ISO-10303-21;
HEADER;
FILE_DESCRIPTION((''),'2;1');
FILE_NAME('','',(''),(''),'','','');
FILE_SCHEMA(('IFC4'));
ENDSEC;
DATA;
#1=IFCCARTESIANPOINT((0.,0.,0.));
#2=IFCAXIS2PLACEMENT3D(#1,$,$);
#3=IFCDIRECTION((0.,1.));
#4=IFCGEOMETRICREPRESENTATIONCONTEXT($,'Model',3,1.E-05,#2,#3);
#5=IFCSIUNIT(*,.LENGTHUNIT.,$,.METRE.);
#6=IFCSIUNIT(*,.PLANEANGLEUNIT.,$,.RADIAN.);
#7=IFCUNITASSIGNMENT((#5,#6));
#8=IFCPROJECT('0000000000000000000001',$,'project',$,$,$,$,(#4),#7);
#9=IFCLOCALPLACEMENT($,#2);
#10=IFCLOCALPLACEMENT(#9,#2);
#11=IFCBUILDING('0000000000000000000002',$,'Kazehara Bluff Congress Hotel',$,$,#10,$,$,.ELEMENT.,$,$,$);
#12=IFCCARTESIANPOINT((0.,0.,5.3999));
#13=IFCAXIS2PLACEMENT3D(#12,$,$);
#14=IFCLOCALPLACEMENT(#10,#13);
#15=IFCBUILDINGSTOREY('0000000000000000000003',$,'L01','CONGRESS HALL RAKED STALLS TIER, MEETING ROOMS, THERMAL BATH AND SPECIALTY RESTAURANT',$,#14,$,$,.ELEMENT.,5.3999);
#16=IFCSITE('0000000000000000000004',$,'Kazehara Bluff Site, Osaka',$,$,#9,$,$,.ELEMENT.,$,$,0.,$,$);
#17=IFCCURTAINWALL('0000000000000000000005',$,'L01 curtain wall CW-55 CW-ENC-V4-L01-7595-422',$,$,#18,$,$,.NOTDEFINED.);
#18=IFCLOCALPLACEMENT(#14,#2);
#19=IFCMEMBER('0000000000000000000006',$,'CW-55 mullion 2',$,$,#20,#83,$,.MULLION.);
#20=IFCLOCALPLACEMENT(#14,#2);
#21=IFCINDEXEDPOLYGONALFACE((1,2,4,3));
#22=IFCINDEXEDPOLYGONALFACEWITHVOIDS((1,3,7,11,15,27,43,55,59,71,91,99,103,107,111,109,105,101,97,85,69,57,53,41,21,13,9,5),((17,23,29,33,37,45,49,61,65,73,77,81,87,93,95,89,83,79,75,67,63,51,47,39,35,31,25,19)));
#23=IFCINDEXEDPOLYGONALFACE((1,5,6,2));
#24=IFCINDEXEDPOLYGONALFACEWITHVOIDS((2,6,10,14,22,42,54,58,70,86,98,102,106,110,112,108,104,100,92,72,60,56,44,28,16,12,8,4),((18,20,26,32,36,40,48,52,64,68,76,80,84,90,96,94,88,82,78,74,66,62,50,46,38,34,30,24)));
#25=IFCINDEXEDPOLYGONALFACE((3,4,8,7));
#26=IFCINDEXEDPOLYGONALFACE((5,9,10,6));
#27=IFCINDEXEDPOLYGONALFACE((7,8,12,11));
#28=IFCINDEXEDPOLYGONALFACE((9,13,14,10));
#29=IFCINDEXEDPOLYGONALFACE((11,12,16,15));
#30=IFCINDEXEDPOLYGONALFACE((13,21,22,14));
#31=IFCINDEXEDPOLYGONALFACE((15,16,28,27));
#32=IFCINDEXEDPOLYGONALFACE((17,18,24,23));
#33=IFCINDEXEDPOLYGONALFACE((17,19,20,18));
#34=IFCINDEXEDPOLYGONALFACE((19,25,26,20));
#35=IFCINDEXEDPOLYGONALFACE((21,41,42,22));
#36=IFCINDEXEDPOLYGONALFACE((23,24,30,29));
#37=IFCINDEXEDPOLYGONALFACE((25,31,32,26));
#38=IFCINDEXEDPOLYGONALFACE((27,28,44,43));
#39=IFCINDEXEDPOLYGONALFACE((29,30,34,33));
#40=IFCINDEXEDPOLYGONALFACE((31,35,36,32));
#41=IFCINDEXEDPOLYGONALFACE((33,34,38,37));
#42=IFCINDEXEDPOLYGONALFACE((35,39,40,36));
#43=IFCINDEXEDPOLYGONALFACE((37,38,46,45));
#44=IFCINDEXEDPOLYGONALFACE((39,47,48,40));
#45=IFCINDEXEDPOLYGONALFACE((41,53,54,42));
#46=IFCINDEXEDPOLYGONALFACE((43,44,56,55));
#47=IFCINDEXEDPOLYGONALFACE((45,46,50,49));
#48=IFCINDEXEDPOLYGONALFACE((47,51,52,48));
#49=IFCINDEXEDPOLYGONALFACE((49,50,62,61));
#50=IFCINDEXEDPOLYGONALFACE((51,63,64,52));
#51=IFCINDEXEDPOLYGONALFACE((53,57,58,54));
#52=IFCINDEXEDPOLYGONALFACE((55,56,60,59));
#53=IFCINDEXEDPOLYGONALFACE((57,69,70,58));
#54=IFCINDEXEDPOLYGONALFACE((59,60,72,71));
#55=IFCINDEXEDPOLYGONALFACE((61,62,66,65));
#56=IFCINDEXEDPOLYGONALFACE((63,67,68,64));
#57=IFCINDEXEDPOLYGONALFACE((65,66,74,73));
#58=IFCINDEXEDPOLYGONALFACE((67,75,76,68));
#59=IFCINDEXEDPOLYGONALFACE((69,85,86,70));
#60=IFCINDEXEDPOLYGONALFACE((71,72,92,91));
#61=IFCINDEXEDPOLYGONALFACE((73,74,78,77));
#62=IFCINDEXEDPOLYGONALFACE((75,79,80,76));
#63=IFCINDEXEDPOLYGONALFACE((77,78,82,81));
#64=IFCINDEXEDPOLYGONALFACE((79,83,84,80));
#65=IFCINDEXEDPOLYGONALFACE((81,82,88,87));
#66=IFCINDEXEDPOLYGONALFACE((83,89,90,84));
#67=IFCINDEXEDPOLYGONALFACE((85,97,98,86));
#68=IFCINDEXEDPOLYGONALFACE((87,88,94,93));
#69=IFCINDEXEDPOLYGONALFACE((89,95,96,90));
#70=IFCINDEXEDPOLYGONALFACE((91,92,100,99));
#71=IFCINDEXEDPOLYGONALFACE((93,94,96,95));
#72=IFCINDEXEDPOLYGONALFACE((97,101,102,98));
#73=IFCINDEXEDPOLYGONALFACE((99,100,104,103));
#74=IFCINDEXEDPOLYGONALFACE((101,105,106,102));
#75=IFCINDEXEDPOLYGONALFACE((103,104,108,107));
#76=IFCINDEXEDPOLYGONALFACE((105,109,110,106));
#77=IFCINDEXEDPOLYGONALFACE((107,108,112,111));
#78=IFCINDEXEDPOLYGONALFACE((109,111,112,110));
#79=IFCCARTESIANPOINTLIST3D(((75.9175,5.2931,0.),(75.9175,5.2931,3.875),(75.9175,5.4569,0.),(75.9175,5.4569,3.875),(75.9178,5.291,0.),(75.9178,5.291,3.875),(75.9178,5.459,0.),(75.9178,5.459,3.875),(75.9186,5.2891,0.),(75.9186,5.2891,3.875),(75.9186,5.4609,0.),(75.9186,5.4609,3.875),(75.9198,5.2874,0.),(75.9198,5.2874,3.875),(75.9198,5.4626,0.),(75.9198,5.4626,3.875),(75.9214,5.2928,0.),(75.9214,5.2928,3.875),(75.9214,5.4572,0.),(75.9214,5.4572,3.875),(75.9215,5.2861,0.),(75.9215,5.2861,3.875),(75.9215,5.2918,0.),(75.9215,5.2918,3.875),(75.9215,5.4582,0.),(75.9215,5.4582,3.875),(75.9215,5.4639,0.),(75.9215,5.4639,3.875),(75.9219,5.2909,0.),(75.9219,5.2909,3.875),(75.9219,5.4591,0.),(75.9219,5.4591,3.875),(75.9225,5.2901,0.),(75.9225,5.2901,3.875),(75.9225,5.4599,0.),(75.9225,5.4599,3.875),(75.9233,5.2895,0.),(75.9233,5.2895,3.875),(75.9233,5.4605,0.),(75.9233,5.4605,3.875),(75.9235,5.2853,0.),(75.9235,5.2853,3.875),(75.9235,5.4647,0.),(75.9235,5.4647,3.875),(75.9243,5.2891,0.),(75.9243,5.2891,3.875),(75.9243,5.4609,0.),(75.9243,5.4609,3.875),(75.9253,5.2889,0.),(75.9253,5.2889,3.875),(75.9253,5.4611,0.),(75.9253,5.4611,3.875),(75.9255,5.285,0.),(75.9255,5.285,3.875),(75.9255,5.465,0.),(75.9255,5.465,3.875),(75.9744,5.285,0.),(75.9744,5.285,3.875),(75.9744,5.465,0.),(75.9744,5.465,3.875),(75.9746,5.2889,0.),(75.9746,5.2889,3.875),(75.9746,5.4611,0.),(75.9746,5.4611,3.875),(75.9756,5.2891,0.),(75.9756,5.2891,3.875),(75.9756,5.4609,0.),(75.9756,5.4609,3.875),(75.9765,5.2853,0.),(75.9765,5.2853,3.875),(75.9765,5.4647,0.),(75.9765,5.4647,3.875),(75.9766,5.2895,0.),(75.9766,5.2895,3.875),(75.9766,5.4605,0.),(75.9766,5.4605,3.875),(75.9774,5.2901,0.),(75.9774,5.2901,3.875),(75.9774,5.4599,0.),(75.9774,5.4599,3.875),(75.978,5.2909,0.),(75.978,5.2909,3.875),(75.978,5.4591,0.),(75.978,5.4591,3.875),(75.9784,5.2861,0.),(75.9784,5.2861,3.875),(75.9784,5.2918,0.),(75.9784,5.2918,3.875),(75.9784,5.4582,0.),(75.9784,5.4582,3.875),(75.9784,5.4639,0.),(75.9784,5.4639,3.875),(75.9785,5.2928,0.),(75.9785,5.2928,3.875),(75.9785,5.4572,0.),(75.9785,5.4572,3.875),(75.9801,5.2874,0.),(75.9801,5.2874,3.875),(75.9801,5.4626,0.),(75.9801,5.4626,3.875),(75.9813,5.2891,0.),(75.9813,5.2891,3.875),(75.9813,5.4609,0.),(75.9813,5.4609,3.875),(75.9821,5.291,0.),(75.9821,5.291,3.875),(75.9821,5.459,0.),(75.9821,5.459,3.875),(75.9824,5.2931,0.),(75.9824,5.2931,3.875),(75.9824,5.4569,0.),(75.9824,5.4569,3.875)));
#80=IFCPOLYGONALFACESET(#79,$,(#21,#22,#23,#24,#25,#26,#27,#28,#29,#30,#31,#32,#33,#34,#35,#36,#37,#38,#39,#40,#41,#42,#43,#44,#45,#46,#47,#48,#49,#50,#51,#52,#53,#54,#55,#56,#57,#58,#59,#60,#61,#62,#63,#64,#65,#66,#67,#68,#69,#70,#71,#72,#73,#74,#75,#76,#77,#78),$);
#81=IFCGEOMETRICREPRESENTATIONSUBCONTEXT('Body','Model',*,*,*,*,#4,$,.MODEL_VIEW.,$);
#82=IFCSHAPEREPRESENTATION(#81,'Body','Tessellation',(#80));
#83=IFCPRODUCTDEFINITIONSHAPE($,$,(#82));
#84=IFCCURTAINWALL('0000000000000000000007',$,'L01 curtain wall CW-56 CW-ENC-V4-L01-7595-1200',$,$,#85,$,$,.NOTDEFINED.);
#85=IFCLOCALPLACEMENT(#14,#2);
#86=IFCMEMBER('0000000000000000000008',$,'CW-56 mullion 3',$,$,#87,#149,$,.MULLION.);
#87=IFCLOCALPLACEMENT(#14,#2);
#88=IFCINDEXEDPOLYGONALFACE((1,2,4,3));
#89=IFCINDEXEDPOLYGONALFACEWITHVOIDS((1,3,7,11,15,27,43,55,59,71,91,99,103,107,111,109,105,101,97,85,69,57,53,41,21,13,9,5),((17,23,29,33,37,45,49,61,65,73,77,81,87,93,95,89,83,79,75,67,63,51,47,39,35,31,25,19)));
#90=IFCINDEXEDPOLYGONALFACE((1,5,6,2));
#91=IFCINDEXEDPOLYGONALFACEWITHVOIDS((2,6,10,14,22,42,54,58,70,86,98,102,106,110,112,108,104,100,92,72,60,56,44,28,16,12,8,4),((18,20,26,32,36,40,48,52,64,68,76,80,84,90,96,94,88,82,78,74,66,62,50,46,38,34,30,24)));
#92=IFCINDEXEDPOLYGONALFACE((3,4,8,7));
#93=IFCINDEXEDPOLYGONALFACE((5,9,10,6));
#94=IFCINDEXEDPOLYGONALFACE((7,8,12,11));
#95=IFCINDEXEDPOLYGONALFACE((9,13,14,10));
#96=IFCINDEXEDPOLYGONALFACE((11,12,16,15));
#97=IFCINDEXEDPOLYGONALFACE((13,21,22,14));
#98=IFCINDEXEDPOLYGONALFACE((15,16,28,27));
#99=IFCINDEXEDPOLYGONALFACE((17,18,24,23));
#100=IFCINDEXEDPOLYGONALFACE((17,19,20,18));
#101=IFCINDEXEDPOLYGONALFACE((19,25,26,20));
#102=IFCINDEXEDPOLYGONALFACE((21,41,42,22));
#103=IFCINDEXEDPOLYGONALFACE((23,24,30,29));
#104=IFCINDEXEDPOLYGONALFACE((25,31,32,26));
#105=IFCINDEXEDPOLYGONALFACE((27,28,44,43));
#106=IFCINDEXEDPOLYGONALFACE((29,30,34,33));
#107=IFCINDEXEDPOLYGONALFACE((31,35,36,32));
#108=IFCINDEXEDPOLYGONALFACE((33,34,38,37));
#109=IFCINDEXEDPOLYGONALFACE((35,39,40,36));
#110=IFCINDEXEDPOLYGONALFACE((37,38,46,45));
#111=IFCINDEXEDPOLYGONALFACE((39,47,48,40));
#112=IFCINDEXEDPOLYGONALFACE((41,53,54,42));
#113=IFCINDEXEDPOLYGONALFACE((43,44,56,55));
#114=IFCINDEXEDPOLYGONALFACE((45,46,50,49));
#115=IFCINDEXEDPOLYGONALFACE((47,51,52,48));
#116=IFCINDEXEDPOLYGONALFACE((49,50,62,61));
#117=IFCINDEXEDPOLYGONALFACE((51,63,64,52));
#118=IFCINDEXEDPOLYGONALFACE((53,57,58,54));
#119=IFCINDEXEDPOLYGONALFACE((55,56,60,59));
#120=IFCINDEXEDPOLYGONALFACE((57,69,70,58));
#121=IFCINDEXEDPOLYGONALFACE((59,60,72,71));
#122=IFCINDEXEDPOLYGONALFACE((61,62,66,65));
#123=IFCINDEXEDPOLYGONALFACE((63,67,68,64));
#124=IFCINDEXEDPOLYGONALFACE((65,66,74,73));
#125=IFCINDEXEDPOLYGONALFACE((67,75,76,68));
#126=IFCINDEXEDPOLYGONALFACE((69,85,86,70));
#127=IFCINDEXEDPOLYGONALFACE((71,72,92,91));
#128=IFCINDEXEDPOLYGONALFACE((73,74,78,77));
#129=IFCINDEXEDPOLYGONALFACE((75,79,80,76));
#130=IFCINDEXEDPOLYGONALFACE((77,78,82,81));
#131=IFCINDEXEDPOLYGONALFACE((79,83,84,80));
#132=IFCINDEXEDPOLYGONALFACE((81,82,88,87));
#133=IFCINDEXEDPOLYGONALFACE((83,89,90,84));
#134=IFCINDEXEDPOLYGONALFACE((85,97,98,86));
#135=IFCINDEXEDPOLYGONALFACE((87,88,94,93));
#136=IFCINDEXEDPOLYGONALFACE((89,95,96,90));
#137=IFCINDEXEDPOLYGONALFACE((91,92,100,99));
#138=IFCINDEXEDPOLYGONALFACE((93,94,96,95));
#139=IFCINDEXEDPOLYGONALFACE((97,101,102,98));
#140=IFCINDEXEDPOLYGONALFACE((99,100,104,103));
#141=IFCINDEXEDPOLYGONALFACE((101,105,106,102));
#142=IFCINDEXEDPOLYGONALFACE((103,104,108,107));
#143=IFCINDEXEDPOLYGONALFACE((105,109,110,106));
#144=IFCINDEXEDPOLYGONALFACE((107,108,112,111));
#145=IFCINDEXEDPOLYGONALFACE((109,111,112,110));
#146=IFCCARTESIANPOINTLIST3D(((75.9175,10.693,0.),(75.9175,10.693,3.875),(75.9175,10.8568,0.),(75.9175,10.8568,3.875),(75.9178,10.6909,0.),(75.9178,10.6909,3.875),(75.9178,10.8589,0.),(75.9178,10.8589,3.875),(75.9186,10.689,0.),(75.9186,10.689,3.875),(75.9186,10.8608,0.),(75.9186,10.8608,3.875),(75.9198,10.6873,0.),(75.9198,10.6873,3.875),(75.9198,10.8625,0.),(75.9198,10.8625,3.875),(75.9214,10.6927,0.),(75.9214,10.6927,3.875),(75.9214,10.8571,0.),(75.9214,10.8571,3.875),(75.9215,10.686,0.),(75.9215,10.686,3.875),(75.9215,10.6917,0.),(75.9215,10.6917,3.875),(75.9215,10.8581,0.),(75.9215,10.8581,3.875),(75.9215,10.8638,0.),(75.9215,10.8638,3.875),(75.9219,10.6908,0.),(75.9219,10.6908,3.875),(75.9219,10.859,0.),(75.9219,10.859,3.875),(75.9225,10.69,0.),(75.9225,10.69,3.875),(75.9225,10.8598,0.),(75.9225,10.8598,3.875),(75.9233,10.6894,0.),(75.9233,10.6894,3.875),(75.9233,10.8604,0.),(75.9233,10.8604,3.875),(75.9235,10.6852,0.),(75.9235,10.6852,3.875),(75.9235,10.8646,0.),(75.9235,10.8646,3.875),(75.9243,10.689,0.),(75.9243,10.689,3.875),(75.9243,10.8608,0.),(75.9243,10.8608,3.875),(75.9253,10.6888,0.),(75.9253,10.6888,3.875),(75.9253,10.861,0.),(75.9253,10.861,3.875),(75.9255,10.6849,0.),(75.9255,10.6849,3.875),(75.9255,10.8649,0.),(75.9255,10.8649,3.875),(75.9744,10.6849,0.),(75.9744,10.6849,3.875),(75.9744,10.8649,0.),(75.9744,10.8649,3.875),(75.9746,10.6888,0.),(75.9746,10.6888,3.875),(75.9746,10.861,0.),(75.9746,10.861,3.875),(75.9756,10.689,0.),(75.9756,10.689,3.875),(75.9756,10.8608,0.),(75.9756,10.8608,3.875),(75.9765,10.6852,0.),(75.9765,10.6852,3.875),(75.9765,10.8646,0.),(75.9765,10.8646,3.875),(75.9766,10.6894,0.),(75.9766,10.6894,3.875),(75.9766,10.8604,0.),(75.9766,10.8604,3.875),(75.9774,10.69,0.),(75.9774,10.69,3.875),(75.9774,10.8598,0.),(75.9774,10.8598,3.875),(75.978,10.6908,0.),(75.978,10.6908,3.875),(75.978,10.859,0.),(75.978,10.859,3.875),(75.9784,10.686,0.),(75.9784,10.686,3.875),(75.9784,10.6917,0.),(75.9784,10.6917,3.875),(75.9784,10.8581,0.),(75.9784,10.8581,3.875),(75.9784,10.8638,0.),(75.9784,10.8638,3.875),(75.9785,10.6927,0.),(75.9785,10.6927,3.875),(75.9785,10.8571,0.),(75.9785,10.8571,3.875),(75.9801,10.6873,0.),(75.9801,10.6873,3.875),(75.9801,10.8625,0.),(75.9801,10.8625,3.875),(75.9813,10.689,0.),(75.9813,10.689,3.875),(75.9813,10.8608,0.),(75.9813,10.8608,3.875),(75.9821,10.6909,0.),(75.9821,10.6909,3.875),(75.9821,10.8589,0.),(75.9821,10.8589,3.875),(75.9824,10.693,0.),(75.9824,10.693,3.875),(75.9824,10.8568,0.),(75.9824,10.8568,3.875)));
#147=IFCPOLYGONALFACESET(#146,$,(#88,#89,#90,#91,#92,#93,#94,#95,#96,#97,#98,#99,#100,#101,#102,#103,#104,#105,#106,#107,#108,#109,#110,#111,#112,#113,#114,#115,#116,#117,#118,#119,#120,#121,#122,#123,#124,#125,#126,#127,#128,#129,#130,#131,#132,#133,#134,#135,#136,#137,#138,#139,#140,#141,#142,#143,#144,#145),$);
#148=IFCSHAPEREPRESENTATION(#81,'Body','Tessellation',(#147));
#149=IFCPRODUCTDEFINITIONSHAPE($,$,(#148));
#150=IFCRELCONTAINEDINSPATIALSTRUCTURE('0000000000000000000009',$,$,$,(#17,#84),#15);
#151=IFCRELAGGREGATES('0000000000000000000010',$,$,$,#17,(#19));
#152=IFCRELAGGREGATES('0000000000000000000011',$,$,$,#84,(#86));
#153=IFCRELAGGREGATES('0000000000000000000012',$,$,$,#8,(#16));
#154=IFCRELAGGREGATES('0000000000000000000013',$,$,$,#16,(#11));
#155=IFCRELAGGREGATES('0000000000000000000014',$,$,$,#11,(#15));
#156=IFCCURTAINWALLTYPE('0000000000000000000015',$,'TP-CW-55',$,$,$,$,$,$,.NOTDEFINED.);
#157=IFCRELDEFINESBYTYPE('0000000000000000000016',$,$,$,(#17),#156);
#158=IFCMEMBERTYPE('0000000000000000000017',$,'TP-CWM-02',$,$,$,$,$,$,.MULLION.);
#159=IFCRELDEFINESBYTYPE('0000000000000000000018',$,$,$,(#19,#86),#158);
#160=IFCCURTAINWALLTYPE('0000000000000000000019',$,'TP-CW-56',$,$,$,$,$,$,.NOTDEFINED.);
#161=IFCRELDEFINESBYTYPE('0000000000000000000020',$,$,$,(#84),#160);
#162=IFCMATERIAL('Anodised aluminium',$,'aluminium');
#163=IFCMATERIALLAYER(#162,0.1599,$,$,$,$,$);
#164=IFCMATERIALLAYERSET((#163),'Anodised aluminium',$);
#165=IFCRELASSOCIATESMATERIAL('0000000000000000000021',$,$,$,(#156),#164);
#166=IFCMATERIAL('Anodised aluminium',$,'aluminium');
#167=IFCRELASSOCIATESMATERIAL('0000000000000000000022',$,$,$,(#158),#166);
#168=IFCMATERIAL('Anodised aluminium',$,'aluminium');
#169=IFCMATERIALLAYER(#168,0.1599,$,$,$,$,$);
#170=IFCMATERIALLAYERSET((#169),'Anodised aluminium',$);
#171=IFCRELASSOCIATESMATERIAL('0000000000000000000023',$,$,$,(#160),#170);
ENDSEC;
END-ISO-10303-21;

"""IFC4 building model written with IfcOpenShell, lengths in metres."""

from ifc_helpers import new_model, si_unit, direction, frame, origin, origin_2d, place, context, subcontext, project, spatial, hollow_rectangle, extrude, material, layer, layer_set, material_profile, profile_set, type_object, element, aggregate, save


model = new_model("IFC4")

# Units and contexts
model_context = context("Model", 3, precision=1e-05, world=origin(), true_north=direction((0.0, 1.0)))
body_context = subcontext(model_context, "Body", "Model", "MODEL_VIEW")
ifc_project = project(units=[si_unit("LENGTHUNIT", "METRE"), si_unit("PLANEANGLEUNIT", "RADIAN")], contexts=[model_context])

# Site, building, storey
site_placement = place(None, origin())
site = spatial("IfcSite", under=ifc_project, at=site_placement, Name="Kazehara Bluff Site, Osaka", CompositionType="ELEMENT", RefElevation=0.0)
building_placement = place(site_placement, origin())
building = spatial("IfcBuilding", under=site, at=building_placement, Name="Kazehara Bluff Congress Hotel", CompositionType="ELEMENT")
storey_placement = place(building_placement, frame((0.0, 0.0, 5.3999)))
storey = spatial("IfcBuildingStorey", under=building, at=storey_placement, Name="L01", Description="CONGRESS HALL RAKED STALLS TIER, MEETING ROOMS, THERMAL BATH AND SPECIALTY RESTAURANT", CompositionType="ELEMENT", Elevation=5.3999)

# Curtain walls, members
ifc_material_1 = material(Name="Anodised aluminium", Category="aluminium")
ifc_layer_1 = layer(ifc_material_1, 0.1599)
ifc_layer_set_1 = layer_set([ifc_layer_1], Name="Anodised aluminium")
curtain_wall_type_1 = type_object("IfcCurtainWallType", Name="TP-CW-55", PredefinedType="NOTDEFINED", material=ifc_layer_set_1)
curtain_wall_1_placement = place(storey_placement, origin())
curtain_wall_1 = element("IfcCurtainWall", 1, at=curtain_wall_1_placement, inside=storey, type_object=curtain_wall_type_1, Name="L01 curtain wall CW-55 CW-ENC-V4-L01-7595-422", PredefinedType="NOTDEFINED")
ifc_material_2 = material(Name="Anodised aluminium", Category="aluminium")
ifc_material_profile_1 = material_profile(ifc_material_2, hollow_rectangle(XDim=0.0649, YDim=0.1799, WallThickness=0.0039, InnerFilletRadius=0.0039, OuterFilletRadius=0.0081, at=origin_2d()))
ifc_profile_set_1 = profile_set([ifc_material_profile_1], Name="Anodised aluminium")
member_type_1 = type_object("IfcMemberType", Name="TP-CWM-02", PredefinedType="MULLION", material=ifc_profile_set_1)
member_1_placement = place(storey_placement, frame((75.95, 5.375, 0.0), z_axis=(0.0, 0.0, 1.0), x_axis=(1.0, 0.0, 0.0)))
member_1 = element("IfcMember", 2, at=member_1_placement, type_object=member_type_1, Name="CW-55 mullion 2", PredefinedType="MULLION", context=body_context, shape_type="SweptSolid", body=[
    extrude(hollow_rectangle(XDim=0.0649, YDim=0.1799, WallThickness=0.0039, InnerFilletRadius=0.0039, OuterFilletRadius=0.0081, at=origin_2d()), origin(), (0.0, 0.0, 1.0), 3.875),
])
ifc_material_3 = material(Name="Anodised aluminium", Category="aluminium")
ifc_layer_2 = layer(ifc_material_3, 0.1599)
ifc_layer_set_2 = layer_set([ifc_layer_2], Name="Anodised aluminium")
curtain_wall_type_2 = type_object("IfcCurtainWallType", Name="TP-CW-56", PredefinedType="NOTDEFINED", material=ifc_layer_set_2)
curtain_wall_2_placement = place(storey_placement, origin())
curtain_wall_2 = element("IfcCurtainWall", 3, at=curtain_wall_2_placement, inside=storey, type_object=curtain_wall_type_2, Name="L01 curtain wall CW-56 CW-ENC-V4-L01-7595-1200", PredefinedType="NOTDEFINED")
member_2_placement = place(storey_placement, frame((75.95, 10.7749, 0.0), z_axis=(0.0, 0.0, 1.0), x_axis=(1.0, 0.0, 0.0)))
member_2 = element("IfcMember", 4, at=member_2_placement, type_object=member_type_1, Name="CW-56 mullion 3", PredefinedType="MULLION", context=body_context, shape_type="SweptSolid", body=[
    extrude(hollow_rectangle(XDim=0.0649, YDim=0.1799, WallThickness=0.0039, InnerFilletRadius=0.0039, OuterFilletRadius=0.0081, at=origin_2d()), origin(), (0.0, 0.0, 1.0), 3.875),
])

aggregate(curtain_wall_1, [member_1])
aggregate(curtain_wall_2, [member_2])

save(model, "model.ifc")
